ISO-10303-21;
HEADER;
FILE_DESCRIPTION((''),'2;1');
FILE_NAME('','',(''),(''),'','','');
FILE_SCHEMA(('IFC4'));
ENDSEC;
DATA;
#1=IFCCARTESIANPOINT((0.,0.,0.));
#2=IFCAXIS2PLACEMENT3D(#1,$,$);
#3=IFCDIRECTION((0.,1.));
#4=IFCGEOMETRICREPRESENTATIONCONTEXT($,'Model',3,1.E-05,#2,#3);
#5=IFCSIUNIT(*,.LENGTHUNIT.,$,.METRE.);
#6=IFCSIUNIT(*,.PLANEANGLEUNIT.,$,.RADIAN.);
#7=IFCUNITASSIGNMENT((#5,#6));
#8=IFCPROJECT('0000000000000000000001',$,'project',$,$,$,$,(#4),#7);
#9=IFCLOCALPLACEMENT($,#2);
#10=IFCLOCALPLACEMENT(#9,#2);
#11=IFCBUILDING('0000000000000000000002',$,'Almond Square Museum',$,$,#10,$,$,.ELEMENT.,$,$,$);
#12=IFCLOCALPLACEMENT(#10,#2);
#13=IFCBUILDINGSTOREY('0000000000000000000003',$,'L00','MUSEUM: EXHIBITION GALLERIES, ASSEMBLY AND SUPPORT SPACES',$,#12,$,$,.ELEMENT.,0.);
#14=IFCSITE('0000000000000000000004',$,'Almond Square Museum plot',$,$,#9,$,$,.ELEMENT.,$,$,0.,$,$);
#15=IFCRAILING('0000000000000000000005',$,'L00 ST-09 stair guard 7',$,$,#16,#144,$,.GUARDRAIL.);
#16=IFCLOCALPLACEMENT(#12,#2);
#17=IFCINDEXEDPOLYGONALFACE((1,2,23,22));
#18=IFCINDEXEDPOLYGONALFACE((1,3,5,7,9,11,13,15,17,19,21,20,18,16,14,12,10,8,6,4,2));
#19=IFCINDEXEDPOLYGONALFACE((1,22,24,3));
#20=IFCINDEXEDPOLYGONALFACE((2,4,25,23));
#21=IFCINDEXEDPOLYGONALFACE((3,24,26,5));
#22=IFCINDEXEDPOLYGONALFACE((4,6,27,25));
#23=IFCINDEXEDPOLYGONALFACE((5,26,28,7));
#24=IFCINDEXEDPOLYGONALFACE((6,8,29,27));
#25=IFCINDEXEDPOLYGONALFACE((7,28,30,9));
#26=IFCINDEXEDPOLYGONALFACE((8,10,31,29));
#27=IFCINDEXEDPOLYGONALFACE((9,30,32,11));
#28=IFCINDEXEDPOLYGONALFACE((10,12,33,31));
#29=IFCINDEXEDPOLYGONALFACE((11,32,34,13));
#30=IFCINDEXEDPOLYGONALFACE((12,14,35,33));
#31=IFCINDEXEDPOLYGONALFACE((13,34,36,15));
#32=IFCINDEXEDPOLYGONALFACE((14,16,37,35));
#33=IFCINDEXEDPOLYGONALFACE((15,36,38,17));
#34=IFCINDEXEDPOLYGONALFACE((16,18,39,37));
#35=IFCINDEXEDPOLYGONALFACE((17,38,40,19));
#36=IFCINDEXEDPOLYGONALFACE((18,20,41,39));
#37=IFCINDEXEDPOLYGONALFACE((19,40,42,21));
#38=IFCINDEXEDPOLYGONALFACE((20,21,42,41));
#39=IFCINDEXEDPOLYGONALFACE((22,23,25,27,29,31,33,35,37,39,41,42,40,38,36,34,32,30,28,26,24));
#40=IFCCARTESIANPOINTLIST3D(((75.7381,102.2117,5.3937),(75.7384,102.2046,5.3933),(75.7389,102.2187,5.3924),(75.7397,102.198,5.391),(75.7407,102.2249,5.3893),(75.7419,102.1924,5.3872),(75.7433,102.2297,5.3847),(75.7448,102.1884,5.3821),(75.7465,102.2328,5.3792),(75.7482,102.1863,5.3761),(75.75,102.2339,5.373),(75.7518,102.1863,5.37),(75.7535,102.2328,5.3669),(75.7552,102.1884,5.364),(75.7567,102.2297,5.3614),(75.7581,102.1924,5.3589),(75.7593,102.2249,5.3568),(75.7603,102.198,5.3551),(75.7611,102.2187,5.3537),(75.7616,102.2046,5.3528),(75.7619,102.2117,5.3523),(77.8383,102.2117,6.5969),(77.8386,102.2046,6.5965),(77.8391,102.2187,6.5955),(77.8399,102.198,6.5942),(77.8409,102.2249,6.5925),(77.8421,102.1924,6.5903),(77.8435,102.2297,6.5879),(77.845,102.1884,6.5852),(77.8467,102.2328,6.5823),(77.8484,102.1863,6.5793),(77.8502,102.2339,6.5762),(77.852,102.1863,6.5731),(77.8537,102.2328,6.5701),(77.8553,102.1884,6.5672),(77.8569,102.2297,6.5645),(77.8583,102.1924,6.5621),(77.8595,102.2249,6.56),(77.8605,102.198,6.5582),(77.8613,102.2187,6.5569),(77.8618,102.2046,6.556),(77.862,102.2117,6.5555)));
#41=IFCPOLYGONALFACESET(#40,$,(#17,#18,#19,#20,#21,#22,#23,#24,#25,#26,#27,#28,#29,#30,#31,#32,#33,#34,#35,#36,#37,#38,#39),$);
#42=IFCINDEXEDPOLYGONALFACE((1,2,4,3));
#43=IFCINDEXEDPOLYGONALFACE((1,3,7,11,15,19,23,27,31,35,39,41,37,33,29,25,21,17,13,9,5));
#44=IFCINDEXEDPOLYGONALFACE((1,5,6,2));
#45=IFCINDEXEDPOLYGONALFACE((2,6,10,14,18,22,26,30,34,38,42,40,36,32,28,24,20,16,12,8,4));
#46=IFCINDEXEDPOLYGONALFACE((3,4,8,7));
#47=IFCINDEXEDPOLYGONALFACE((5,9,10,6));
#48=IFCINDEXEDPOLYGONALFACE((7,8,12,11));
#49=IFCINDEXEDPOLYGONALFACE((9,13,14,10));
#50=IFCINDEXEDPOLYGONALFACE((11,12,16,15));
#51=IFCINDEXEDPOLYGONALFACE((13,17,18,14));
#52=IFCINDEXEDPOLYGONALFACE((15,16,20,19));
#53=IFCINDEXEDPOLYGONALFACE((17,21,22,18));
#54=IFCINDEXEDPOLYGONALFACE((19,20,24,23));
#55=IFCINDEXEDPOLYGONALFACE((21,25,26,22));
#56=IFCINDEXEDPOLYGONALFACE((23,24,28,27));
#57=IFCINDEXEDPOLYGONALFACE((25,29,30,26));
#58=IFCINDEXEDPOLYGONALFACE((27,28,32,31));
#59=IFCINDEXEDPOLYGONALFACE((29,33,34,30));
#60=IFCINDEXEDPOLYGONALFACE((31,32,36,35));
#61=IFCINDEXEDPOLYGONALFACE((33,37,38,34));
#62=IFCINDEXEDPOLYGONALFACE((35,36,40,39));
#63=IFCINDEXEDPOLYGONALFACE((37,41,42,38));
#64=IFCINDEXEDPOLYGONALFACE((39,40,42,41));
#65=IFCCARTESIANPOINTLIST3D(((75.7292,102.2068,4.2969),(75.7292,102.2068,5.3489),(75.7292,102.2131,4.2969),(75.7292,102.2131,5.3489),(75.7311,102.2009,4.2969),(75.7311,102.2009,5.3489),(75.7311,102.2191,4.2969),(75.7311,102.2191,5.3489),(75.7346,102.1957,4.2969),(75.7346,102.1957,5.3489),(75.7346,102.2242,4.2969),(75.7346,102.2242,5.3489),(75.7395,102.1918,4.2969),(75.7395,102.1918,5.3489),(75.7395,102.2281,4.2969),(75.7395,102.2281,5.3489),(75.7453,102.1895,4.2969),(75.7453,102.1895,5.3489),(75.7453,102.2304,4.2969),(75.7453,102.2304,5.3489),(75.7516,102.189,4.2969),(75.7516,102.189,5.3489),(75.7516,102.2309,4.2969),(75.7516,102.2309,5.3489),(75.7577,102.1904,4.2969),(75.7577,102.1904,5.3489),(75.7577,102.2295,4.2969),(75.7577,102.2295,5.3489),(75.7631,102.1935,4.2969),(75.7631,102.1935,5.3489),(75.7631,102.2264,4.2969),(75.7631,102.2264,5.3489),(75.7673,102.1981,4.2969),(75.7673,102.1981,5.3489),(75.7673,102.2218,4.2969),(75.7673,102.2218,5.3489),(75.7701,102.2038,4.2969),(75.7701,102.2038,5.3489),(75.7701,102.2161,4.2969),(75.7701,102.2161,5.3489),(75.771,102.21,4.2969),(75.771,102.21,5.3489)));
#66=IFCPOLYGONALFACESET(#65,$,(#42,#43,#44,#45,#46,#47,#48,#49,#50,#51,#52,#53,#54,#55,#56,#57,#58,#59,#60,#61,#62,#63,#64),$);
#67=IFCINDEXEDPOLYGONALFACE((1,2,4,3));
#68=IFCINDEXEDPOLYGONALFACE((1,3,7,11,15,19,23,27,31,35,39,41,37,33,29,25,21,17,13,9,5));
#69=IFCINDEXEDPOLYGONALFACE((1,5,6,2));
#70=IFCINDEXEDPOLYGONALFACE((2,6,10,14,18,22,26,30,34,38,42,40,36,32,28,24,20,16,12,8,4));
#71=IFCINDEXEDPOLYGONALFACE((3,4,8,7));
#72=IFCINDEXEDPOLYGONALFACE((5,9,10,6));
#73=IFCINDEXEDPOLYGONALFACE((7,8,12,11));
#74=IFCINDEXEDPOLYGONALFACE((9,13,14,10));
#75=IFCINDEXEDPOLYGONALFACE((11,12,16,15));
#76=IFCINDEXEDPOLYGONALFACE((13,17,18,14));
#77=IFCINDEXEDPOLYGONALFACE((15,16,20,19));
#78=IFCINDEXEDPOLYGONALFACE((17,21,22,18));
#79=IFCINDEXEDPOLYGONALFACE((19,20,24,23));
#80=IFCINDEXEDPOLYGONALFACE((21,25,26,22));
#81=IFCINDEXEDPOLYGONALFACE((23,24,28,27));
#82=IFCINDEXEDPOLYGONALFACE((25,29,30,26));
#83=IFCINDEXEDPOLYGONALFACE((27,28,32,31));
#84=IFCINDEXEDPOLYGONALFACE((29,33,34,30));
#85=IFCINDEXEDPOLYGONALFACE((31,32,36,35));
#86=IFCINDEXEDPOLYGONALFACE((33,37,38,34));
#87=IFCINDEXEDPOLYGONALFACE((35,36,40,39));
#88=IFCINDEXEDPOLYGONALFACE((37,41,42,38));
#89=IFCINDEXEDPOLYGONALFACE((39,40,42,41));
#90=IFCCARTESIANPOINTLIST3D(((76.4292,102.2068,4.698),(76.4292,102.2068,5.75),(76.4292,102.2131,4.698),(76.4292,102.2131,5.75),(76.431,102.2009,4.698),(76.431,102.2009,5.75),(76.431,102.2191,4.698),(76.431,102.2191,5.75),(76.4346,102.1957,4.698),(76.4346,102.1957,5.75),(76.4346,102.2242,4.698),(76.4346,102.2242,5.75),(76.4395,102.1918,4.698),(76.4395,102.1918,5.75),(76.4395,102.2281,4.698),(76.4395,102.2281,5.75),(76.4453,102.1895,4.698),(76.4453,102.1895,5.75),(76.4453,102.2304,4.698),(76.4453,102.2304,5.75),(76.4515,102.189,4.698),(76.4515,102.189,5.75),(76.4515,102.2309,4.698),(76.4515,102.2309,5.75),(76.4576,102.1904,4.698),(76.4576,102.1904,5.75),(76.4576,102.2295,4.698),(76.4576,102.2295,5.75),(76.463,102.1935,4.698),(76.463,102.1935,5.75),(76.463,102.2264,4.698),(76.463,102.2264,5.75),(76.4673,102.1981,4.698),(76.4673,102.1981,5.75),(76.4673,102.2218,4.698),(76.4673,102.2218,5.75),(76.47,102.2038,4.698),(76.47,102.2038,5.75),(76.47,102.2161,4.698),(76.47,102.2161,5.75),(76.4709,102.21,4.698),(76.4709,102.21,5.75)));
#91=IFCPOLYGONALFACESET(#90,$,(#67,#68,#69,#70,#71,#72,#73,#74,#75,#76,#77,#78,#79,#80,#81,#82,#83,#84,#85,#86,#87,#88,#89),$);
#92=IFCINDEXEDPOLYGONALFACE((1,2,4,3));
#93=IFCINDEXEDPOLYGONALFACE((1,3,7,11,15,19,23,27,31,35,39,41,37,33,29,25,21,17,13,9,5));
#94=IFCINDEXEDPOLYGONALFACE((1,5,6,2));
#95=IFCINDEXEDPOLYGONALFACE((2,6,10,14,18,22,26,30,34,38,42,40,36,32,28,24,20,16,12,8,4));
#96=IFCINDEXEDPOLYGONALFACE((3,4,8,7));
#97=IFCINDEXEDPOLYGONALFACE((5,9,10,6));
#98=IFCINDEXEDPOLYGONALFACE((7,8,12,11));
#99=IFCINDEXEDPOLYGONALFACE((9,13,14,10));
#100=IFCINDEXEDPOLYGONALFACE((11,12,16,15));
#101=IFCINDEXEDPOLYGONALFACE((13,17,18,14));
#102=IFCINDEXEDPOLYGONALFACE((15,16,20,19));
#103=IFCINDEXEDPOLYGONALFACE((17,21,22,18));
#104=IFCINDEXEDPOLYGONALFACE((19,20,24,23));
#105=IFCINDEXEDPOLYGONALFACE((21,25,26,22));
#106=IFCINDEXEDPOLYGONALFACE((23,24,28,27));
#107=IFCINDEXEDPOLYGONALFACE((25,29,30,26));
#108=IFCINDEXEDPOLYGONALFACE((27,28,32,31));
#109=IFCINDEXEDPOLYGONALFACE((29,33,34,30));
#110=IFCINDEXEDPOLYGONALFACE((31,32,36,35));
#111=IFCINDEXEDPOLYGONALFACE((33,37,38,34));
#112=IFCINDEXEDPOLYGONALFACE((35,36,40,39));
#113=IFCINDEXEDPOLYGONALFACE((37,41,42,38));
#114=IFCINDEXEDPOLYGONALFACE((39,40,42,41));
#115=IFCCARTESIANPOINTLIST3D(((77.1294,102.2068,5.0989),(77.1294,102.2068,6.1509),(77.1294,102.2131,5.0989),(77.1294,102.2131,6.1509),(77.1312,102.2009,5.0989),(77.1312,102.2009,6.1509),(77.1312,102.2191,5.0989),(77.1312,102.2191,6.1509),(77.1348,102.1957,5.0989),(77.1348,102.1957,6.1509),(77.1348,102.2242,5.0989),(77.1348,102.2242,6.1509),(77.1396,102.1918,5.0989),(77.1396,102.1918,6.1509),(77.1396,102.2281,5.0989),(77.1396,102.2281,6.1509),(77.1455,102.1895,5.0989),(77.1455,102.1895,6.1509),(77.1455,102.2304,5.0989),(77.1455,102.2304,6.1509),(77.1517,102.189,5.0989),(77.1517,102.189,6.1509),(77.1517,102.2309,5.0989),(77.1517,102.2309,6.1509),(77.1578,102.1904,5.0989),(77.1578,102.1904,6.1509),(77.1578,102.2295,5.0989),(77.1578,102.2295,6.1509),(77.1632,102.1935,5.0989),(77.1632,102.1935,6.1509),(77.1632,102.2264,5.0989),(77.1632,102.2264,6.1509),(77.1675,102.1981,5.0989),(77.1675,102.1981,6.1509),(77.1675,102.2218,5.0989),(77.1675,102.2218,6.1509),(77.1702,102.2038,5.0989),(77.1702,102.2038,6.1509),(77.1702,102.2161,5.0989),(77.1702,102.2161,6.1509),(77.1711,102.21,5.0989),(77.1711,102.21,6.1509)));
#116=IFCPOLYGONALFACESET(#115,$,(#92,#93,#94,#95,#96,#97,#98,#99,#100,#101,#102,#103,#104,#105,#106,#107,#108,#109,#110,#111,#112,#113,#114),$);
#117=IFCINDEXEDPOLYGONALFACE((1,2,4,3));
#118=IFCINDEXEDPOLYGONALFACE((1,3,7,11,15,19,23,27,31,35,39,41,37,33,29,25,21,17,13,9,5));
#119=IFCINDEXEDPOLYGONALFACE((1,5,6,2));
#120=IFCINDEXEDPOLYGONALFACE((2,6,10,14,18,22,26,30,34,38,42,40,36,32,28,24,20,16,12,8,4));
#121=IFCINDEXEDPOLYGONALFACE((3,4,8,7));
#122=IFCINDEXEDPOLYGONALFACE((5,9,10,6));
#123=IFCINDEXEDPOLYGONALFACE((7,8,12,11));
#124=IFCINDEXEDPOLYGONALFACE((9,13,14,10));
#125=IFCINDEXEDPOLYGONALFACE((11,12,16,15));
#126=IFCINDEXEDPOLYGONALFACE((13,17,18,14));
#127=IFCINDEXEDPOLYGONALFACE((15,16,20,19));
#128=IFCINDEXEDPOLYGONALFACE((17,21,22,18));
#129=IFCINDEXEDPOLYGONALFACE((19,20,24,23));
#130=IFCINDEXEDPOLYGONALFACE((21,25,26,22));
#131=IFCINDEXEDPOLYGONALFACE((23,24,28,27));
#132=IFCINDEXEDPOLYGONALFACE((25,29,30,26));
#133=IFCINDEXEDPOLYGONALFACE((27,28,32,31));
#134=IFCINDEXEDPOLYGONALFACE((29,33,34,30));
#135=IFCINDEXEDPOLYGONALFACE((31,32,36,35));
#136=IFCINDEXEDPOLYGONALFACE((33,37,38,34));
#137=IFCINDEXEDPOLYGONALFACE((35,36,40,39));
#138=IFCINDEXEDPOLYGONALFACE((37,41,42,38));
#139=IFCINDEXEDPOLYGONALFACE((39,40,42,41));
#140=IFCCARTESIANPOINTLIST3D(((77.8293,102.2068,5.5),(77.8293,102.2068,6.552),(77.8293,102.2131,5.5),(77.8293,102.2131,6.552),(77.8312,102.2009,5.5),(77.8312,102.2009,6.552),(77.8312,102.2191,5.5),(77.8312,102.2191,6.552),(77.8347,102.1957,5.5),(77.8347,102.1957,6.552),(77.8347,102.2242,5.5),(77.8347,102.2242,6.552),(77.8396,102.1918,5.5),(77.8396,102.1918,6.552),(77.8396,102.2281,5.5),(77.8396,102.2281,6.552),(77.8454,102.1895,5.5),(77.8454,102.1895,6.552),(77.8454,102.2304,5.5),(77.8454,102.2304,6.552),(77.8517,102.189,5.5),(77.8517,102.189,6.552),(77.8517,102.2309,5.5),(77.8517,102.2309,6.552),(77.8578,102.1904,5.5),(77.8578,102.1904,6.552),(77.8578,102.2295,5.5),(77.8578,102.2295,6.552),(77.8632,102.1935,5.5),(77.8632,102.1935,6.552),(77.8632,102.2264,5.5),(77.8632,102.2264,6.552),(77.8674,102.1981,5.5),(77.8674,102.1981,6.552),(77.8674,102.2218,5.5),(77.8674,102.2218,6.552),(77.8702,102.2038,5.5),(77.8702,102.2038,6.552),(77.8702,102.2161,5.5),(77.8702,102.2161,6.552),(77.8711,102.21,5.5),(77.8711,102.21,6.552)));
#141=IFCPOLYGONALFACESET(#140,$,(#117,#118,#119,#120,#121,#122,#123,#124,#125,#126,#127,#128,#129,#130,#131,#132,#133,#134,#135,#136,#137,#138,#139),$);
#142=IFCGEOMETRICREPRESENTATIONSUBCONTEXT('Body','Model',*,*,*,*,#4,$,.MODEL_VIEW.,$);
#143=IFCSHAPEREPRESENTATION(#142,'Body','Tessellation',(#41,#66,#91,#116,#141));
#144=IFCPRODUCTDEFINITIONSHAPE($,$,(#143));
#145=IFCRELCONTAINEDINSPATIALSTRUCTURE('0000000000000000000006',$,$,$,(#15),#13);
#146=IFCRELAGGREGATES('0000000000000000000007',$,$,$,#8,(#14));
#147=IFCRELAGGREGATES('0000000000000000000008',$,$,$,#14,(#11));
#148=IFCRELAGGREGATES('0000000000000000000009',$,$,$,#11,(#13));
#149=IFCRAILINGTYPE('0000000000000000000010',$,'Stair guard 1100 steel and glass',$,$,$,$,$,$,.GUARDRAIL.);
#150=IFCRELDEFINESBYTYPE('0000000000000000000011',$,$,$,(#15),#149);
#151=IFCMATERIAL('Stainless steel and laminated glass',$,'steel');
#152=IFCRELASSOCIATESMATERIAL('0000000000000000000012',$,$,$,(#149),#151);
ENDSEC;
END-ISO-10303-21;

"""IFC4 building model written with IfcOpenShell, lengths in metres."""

from ifc_helpers import new_model, si_unit, direction, frame, origin, origin_2d, place, context, subcontext, project, spatial, circle, extrude, material, type_object, element, save


model = new_model("IFC4")

# Units and contexts
model_context = context("Model", 3, precision=1e-05, world=origin(), true_north=direction((0.0, 1.0)))
body_context = subcontext(model_context, "Body", "Model", "MODEL_VIEW")
ifc_project = project(units=[si_unit("LENGTHUNIT", "METRE"), si_unit("PLANEANGLEUNIT", "RADIAN")], contexts=[model_context])

# Site, building, storey
site_placement = place(None, origin())
site = spatial("IfcSite", under=ifc_project, at=site_placement, Name="Almond Square Museum plot", CompositionType="ELEMENT", RefElevation=0.0)
building_placement = place(site_placement, origin())
building = spatial("IfcBuilding", under=site, at=building_placement, Name="Almond Square Museum", CompositionType="ELEMENT")
storey_placement = place(building_placement, origin())
storey = spatial("IfcBuildingStorey", under=building, at=storey_placement, Name="L00", Description="MUSEUM: EXHIBITION GALLERIES, ASSEMBLY AND SUPPORT SPACES", CompositionType="ELEMENT", Elevation=0.0)

# Railing
ifc_material_1 = material(Name="Stainless steel and laminated glass", Category="steel")
railing_type_1 = type_object("IfcRailingType", Name="Stair guard 1100 steel and glass", PredefinedType="GUARDRAIL", material=ifc_material_1)
railing_1_placement = place(storey_placement, frame((75.75, 102.21, 4.2969)))
element("IfcRailing", 1, at=railing_1_placement, inside=storey, type_object=railing_type_1, Name="L00 ST-09 stair guard 7", PredefinedType="GUARDRAIL", context=body_context, shape_type="SweptSolid", body=[
    extrude(circle(Radius=0.0239, at=origin_2d()), frame((0.0, 0.0, 1.0762), z_axis=(0.867696, 0.0, 0.497095), x_axis=(0.0, 1.0, 0.0)), (0.0, 0.0, 1.0), 2.4204),
    extrude(circle(Radius=0.021, at=origin_2d()), origin(), (0.0, 0.0, 1.0), 1.052),
    extrude(circle(Radius=0.021, at=origin_2d()), frame((0.7, 0.0, 0.4011)), (0.0, 0.0, 1.0), 1.052),
    extrude(circle(Radius=0.021, at=origin_2d()), frame((1.4001, 0.0, 0.802)), (0.0, 0.0, 1.0), 1.052),
    extrude(circle(Radius=0.021, at=origin_2d()), frame((2.1001, 0.0, 1.2031)), (0.0, 0.0, 1.0), 1.052),
])

save(model, "model.ifc")
